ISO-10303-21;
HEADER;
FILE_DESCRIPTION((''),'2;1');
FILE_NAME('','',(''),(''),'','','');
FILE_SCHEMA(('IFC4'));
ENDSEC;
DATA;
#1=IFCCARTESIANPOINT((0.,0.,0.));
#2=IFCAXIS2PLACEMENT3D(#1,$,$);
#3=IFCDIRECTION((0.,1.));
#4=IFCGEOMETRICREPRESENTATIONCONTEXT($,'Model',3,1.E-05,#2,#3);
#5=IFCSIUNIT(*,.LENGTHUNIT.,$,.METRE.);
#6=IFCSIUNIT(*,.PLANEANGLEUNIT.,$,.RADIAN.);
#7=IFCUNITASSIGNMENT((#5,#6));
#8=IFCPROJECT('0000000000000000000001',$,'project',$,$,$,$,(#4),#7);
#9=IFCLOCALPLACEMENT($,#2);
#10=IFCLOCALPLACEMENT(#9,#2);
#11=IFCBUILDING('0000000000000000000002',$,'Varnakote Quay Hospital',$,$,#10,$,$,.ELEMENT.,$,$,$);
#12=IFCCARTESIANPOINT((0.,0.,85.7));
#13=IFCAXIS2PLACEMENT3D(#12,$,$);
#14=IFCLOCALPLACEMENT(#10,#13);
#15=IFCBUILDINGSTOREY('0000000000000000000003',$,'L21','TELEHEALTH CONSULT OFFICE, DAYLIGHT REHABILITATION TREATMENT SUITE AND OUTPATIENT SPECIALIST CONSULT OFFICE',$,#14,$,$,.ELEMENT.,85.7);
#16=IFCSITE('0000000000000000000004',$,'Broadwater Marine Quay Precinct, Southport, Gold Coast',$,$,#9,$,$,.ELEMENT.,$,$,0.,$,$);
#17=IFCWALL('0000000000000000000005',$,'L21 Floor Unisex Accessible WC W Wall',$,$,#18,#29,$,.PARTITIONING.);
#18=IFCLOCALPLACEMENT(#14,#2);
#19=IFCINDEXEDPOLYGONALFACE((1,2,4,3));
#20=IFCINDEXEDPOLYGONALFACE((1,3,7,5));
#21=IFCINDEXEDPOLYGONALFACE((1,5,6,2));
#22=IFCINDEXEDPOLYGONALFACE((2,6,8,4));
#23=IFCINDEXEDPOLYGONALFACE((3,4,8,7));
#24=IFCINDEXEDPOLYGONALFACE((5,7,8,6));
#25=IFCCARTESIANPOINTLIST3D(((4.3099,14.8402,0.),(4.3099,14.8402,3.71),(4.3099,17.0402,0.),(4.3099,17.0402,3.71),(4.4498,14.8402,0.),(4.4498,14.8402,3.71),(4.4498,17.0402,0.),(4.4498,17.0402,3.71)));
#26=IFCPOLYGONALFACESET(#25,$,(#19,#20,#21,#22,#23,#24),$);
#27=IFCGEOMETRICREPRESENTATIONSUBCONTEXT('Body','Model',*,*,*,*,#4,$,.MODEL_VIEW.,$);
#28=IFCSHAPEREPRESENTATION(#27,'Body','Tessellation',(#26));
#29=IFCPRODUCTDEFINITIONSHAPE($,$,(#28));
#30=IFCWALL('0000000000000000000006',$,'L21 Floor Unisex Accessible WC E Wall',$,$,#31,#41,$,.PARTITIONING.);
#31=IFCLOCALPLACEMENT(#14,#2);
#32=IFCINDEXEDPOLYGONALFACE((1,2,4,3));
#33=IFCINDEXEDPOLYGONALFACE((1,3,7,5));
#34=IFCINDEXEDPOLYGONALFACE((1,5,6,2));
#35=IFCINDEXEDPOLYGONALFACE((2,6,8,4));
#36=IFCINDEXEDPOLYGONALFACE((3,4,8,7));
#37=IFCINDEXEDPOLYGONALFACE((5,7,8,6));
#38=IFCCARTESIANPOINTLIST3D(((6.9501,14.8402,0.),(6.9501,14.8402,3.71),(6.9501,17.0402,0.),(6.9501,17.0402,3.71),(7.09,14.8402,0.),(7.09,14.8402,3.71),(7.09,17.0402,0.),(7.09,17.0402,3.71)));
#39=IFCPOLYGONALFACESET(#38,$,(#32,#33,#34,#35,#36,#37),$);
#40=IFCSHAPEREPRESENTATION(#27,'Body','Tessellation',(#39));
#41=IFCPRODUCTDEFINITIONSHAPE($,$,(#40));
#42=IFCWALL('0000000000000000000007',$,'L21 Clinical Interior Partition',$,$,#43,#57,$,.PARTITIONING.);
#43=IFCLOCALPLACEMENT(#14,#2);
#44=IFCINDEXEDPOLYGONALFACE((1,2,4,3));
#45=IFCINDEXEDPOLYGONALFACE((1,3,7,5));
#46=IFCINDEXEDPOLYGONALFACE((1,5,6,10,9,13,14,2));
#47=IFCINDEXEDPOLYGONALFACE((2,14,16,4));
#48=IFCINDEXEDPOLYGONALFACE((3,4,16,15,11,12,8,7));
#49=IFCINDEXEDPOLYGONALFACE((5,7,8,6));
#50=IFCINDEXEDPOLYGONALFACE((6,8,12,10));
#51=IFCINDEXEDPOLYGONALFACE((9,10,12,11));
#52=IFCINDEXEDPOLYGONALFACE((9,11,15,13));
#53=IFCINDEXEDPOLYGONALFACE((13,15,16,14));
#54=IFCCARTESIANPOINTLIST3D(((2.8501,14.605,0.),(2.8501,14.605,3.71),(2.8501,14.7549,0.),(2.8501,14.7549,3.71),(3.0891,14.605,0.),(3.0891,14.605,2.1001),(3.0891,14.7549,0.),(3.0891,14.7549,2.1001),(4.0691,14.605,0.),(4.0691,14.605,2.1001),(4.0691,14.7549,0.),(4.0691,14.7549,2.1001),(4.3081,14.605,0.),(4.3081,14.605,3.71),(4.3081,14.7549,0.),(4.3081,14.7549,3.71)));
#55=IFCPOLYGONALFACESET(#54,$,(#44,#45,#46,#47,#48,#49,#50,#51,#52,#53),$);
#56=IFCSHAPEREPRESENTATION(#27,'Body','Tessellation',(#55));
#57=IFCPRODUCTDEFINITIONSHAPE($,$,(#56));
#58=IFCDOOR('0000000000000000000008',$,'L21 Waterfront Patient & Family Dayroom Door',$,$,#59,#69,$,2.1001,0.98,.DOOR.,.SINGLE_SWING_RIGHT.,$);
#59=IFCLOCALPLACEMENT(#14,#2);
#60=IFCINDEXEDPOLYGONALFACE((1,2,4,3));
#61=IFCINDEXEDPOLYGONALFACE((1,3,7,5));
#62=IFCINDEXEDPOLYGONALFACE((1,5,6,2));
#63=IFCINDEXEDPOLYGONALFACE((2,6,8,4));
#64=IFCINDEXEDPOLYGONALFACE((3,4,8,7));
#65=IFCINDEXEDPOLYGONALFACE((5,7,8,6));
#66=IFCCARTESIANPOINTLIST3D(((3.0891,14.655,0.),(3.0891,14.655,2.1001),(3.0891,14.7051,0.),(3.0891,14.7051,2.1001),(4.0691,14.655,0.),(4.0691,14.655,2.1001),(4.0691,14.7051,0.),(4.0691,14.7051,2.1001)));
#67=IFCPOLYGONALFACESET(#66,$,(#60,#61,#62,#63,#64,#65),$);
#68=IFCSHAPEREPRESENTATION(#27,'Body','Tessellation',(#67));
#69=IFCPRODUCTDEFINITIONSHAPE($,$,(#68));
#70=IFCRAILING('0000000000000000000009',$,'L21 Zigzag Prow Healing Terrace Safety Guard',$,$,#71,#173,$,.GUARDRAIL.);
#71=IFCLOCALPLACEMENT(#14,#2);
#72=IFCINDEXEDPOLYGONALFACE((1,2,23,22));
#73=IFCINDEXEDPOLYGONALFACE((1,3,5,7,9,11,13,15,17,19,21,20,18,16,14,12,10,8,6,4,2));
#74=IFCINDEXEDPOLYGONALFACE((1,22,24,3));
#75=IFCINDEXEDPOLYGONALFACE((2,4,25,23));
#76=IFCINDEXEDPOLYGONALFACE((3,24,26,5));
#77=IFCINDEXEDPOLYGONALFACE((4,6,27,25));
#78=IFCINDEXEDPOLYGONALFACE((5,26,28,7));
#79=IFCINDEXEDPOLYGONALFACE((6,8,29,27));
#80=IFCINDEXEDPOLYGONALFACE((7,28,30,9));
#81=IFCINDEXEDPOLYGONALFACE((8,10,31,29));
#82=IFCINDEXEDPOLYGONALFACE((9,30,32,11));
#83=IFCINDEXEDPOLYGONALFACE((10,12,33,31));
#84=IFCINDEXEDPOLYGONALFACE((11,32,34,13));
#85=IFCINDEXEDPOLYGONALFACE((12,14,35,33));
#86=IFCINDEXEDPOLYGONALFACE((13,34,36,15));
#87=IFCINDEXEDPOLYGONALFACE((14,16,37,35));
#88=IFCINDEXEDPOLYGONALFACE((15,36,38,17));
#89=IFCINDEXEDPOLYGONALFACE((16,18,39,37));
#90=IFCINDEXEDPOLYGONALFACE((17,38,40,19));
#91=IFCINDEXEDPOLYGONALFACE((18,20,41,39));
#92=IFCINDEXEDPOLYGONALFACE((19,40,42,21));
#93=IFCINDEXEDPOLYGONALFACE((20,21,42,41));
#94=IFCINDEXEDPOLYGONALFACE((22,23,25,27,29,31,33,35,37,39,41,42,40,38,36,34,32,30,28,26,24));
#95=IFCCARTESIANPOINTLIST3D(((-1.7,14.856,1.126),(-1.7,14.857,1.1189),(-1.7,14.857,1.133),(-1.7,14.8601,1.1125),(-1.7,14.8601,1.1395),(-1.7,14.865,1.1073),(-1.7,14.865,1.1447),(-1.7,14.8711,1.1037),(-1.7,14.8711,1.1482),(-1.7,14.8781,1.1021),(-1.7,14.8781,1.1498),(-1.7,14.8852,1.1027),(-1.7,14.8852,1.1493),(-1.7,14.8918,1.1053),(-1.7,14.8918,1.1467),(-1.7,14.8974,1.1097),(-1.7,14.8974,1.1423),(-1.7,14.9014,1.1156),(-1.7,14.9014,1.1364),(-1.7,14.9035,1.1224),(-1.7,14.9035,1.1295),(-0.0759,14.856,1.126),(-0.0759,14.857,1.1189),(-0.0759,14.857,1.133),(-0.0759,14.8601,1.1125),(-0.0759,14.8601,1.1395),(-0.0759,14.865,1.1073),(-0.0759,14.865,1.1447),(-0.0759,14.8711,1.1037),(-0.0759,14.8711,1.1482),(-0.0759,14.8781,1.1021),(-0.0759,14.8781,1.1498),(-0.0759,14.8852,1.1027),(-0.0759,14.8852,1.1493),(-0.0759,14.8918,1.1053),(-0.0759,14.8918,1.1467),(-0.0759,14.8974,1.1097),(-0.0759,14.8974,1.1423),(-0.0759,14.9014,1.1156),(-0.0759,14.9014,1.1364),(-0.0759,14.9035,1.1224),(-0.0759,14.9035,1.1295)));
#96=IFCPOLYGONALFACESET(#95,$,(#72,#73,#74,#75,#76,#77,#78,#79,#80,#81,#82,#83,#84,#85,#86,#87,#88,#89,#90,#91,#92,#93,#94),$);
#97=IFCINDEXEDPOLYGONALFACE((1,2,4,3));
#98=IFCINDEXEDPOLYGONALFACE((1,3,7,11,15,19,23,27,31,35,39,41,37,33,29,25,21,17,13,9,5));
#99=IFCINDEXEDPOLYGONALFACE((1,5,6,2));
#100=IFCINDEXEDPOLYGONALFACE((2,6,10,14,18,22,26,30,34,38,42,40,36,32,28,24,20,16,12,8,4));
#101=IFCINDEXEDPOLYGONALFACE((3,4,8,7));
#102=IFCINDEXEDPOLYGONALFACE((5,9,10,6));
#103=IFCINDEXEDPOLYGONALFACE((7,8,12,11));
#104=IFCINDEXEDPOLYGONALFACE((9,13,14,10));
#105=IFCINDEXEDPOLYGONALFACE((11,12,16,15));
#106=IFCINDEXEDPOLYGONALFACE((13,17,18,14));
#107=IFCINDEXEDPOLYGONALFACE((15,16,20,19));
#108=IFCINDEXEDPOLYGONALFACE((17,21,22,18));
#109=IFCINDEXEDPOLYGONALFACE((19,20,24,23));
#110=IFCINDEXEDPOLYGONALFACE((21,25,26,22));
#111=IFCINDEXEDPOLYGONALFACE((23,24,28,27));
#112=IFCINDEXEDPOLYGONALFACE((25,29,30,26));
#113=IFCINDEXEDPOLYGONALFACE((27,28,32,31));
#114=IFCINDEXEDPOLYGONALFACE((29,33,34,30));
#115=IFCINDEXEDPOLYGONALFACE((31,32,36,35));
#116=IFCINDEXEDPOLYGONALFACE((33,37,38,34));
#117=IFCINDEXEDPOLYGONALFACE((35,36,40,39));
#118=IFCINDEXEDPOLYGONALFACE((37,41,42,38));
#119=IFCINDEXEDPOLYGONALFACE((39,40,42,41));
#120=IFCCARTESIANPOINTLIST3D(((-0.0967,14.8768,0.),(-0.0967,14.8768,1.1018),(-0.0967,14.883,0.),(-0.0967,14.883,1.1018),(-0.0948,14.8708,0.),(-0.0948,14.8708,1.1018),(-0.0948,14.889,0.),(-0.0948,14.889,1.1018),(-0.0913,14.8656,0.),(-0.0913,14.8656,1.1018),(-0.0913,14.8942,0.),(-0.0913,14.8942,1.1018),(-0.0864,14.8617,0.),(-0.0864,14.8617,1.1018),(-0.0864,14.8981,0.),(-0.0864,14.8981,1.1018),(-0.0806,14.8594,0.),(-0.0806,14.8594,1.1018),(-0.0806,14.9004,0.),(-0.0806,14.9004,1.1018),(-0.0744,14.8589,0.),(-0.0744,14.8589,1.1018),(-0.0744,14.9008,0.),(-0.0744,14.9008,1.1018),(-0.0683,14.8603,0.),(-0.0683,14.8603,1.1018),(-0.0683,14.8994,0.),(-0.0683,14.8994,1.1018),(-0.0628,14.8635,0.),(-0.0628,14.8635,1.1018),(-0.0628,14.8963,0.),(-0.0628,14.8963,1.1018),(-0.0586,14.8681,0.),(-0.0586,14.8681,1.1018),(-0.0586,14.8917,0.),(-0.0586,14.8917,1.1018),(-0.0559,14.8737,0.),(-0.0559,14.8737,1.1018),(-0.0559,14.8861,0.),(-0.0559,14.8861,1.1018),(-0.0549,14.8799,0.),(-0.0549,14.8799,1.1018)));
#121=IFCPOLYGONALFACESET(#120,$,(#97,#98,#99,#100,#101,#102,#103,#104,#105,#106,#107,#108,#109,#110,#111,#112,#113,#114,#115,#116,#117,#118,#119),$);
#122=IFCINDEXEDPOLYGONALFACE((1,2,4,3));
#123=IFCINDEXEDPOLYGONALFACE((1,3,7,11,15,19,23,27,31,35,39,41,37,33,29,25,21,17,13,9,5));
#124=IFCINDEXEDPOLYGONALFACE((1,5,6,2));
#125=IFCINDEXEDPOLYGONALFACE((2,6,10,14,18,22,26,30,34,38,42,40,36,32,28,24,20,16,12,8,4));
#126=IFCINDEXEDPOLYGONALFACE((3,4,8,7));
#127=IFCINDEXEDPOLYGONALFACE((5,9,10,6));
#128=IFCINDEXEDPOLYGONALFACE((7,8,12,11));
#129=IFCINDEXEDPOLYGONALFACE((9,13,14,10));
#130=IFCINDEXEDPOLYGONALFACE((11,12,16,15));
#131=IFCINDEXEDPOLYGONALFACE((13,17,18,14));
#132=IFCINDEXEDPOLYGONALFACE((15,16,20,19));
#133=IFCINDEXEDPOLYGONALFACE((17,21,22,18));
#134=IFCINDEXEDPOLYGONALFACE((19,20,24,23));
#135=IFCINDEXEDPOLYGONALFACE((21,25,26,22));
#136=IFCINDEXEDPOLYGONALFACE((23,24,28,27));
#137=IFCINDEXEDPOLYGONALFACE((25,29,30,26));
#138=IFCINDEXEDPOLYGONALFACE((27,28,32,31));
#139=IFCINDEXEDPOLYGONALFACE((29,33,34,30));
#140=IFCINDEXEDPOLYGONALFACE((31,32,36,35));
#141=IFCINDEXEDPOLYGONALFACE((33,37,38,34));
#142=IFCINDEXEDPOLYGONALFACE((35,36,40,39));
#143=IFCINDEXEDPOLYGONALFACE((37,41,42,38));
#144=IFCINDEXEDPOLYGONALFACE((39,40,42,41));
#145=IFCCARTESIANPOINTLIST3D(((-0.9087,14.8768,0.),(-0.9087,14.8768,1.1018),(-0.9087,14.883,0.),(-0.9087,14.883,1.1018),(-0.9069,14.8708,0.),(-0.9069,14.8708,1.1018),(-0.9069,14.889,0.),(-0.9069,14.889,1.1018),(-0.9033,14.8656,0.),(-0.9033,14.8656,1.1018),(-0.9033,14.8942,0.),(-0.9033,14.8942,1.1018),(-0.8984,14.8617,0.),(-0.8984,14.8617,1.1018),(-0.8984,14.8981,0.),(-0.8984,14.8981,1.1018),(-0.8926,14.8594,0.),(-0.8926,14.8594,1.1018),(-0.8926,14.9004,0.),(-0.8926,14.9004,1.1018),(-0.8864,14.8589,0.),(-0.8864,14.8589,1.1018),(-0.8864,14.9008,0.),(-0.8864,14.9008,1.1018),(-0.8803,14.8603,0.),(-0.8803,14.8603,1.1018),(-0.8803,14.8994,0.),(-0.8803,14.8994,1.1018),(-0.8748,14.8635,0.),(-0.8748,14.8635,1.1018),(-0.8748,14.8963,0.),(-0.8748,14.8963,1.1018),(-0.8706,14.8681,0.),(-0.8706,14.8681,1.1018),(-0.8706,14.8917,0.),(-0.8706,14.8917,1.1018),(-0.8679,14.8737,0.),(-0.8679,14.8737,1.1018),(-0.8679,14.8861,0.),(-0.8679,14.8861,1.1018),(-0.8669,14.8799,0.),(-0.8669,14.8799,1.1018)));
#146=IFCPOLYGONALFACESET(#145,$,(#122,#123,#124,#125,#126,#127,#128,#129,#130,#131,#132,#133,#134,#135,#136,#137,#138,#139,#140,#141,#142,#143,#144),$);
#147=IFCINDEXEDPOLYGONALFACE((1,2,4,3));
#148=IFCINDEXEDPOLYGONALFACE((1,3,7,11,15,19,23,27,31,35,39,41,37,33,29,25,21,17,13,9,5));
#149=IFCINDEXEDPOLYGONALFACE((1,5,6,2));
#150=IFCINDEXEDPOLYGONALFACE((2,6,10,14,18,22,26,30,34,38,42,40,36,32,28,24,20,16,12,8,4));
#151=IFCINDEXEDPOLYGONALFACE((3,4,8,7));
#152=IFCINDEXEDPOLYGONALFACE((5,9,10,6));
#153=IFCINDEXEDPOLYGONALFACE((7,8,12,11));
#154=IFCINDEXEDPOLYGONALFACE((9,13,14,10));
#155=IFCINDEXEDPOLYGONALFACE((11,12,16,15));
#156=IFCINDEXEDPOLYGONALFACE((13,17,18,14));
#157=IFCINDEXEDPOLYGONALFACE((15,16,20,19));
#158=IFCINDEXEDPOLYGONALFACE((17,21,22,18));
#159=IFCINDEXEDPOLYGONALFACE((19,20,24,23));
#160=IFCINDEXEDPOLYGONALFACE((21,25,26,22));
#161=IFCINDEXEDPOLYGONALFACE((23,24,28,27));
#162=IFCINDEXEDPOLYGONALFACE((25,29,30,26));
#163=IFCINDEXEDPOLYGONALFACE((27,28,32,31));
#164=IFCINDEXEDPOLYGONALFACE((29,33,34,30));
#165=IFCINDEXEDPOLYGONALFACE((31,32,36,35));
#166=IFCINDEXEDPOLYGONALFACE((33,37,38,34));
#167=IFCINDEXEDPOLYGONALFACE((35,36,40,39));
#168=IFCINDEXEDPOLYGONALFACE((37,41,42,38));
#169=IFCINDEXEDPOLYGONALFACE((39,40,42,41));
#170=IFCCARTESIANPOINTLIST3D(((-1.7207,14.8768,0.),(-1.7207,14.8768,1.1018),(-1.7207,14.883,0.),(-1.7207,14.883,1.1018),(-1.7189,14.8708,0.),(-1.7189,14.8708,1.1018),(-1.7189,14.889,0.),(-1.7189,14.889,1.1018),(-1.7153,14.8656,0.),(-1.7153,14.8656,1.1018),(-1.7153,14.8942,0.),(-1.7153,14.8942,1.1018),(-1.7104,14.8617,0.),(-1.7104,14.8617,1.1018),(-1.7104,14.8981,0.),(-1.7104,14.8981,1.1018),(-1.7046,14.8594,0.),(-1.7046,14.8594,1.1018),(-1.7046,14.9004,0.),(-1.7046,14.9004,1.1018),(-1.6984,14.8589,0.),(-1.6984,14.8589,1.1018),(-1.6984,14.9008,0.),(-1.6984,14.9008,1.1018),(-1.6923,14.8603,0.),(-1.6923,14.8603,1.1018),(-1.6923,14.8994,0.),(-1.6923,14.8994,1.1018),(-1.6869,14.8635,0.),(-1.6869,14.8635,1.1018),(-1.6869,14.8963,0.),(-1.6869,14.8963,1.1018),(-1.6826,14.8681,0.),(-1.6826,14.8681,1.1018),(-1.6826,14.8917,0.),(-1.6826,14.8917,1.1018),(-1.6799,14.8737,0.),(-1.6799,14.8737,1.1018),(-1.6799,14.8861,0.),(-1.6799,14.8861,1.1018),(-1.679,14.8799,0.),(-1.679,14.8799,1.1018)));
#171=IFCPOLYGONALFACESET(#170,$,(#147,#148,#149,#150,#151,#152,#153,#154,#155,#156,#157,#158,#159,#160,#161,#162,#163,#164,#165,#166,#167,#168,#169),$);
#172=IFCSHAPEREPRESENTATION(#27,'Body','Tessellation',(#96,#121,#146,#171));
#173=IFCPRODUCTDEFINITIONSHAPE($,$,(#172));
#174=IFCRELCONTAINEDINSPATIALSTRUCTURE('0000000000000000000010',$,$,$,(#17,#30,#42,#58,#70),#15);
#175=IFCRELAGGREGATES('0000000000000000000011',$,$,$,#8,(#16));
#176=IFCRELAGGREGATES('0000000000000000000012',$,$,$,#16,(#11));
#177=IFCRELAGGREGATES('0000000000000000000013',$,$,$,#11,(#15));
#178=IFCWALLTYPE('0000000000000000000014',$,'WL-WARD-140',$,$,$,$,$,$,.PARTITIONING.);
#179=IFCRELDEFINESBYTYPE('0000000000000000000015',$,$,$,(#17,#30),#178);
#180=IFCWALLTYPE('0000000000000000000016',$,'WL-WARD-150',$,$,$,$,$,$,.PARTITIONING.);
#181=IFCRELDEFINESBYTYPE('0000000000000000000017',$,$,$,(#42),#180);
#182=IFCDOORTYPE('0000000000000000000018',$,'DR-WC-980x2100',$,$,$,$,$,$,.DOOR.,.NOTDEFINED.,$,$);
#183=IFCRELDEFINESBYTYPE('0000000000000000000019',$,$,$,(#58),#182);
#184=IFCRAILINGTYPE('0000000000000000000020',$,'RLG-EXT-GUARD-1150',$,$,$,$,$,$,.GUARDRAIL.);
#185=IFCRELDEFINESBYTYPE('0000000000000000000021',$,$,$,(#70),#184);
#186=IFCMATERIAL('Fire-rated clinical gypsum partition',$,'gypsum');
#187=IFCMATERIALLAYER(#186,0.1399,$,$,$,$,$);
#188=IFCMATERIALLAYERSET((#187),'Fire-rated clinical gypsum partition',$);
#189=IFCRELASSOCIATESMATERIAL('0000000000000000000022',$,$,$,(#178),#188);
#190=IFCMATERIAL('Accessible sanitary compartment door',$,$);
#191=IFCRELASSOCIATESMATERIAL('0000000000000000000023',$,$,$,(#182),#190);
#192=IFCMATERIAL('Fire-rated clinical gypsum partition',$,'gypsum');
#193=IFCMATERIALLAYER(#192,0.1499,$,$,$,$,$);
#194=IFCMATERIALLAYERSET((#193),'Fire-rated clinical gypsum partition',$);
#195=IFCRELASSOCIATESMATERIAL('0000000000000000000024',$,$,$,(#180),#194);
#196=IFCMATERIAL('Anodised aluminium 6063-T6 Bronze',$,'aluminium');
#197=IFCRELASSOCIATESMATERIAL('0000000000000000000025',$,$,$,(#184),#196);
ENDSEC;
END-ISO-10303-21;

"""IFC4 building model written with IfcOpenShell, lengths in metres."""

from ifc_helpers import new_model, si_unit, direction, frame, frame_2d, origin, origin_2d, place, context, subcontext, project, spatial, rectangle, circle, extrude, material, layer, layer_set, type_object, element, fill, save


model = new_model("IFC4")

# Units and contexts
model_context = context("Model", 3, precision=1e-05, world=origin(), true_north=direction((0.0, 1.0)))
body_context = subcontext(model_context, "Body", "Model", "MODEL_VIEW")
ifc_project = project(units=[si_unit("LENGTHUNIT", "METRE"), si_unit("PLANEANGLEUNIT", "RADIAN")], contexts=[model_context])

# Site, building, storey
site_placement = place(None, origin())
site = spatial("IfcSite", under=ifc_project, at=site_placement, Name="Broadwater Marine Quay Precinct, Southport, Gold Coast", CompositionType="ELEMENT", RefElevation=0.0)
building_placement = place(site_placement, origin())
building = spatial("IfcBuilding", under=site, at=building_placement, Name="Varnakote Quay Hospital", CompositionType="ELEMENT")
storey_placement = place(building_placement, frame((0.0, 0.0, 85.7)))
storey = spatial("IfcBuildingStorey", under=building, at=storey_placement, Name="L21", Description="TELEHEALTH CONSULT OFFICE, DAYLIGHT REHABILITATION TREATMENT SUITE AND OUTPATIENT SPECIALIST CONSULT OFFICE", CompositionType="ELEMENT", Elevation=85.7)

# Shared definitions
ifc_material_1 = material(Name="Fire-rated clinical gypsum partition", Category="gypsum")
ifc_layer_1 = layer(ifc_material_1, 0.1399)
ifc_layer_set_1 = layer_set([ifc_layer_1], Name="Fire-rated clinical gypsum partition")
wall_type_1 = type_object("IfcWallType", Name="WL-WARD-140", PredefinedType="PARTITIONING", material=ifc_layer_set_1)
ifc_material_2 = material(Name="Accessible sanitary compartment door")
door_type_1 = type_object("IfcDoorType", Name="DR-WC-980x2100", OperationType="NOTDEFINED", PredefinedType="DOOR", material=ifc_material_2)

# Walls
for number, where, z_axis, x_axis, name in (
    (1, (4.3799, 14.8401, 0.0), (0.0, 0.0, 1.0), (0.0, 1.0, 0.0), "L21 Floor Unisex Accessible WC W Wall"),
    (2, (7.02, 14.8401, 0.0), (0.0, 0.0, 1.0), (0.0, 1.0, 0.0), "L21 Floor Unisex Accessible WC E Wall"),
):
    element("IfcWall", number, at=place(storey_placement, frame(where, z_axis=z_axis, x_axis=x_axis)), inside=storey, type_object=wall_type_1, Name=name, PredefinedType="PARTITIONING", context=body_context, shape_type="SweptSolid", body=[
        extrude(rectangle(XDim=2.2, YDim=0.1399, at=frame_2d((1.1001, 0.0))), origin(), (0.0, 0.0, 1.0), 3.71),
    ])

# Wall, opening, door
ifc_material_3 = material(Name="Fire-rated clinical gypsum partition", Category="gypsum")
ifc_layer_2 = layer(ifc_material_3, 0.1499)
ifc_layer_set_2 = layer_set([ifc_layer_2], Name="Fire-rated clinical gypsum partition")
wall_type_2 = type_object("IfcWallType", Name="WL-WARD-150", PredefinedType="PARTITIONING", material=ifc_layer_set_2)
wall_1_placement = place(storey_placement, frame((4.3081, 14.6799, 0.0), z_axis=(0.0, 0.0, 1.0), x_axis=(-1.0, 0.0, 0.0)))
wall_1 = element("IfcWall", 3, at=wall_1_placement, inside=storey, type_object=wall_type_2, Name="L21 Clinical Interior Partition", PredefinedType="PARTITIONING", context=body_context, shape_type="SweptSolid", body=[
    extrude(rectangle(XDim=1.458, YDim=0.1499, at=frame_2d((0.729, 0.0))), origin(), (0.0, 0.0, 1.0), 3.71),
])
opening_1_placement = place(wall_1_placement, frame((0.239, 0.0, 0.0)))
opening_1 = element("IfcOpeningElement", 4, at=opening_1_placement, cuts=wall_1, PredefinedType="OPENING", context=body_context, shape_type="SweptSolid", body=[
    extrude(rectangle(XDim=0.98, YDim=2.1001, at=frame_2d((0.49, 1.05))), frame((0.0, 0.085, 0.0), z_axis=(0.0, -1.0, 0.0), x_axis=(1.0, 0.0, 0.0)), (0.0, 0.0, 1.0), 0.1699),
])
door_1_placement = place(opening_1_placement, origin())
door_1 = element("IfcDoor", 5, at=door_1_placement, inside=storey, type_object=door_type_1, Name="L21 Waterfront Patient & Family Dayroom Door", OperationType="SINGLE_SWING_RIGHT", OverallHeight=2.1001, OverallWidth=0.98, PredefinedType="DOOR", context=body_context, shape_type="SweptSolid", body=[
    extrude(rectangle(XDim=0.98, YDim=2.1001, at=frame_2d((0.49, 1.05))), frame((0.0, 0.0249, 0.0), z_axis=(0.0, -1.0, 0.0), x_axis=(1.0, 0.0, 0.0)), (0.0, 0.0, 1.0), 0.05),
])
fill(opening_1, door_1)

# Railing
ifc_material_4 = material(Name="Anodised aluminium 6063-T6 Bronze", Category="aluminium")
railing_type = type_object("IfcRailingType", Name="RLG-EXT-GUARD-1150", PredefinedType="GUARDRAIL", material=ifc_material_4)
railing_1_placement = place(storey_placement, frame((-0.0759, 14.8799, 0.0)))
element("IfcRailing", 6, at=railing_1_placement, inside=storey, type_object=railing_type, Name="L21 Zigzag Prow Healing Terrace Safety Guard", PredefinedType="GUARDRAIL", context=body_context, shape_type="SweptSolid", body=[
    extrude(circle(Radius=0.0239, at=origin_2d()), frame((0.0, 0.0, 1.126), z_axis=(-1.0, 0.0, 0.0), x_axis=(0.0, -1.0, 0.0)), (0.0, 0.0, 1.0), 1.624),
    extrude(circle(Radius=0.021, at=origin_2d()), origin(), (0.0, 0.0, 1.0), 1.1018),
    extrude(circle(Radius=0.021, at=origin_2d()), frame((-0.812, 0.0, 0.0)), (0.0, 0.0, 1.0), 1.1018),
    extrude(circle(Radius=0.021, at=origin_2d()), frame((-1.624, 0.0, 0.0)), (0.0, 0.0, 1.0), 1.1018),
])

save(model, "model.ifc")
